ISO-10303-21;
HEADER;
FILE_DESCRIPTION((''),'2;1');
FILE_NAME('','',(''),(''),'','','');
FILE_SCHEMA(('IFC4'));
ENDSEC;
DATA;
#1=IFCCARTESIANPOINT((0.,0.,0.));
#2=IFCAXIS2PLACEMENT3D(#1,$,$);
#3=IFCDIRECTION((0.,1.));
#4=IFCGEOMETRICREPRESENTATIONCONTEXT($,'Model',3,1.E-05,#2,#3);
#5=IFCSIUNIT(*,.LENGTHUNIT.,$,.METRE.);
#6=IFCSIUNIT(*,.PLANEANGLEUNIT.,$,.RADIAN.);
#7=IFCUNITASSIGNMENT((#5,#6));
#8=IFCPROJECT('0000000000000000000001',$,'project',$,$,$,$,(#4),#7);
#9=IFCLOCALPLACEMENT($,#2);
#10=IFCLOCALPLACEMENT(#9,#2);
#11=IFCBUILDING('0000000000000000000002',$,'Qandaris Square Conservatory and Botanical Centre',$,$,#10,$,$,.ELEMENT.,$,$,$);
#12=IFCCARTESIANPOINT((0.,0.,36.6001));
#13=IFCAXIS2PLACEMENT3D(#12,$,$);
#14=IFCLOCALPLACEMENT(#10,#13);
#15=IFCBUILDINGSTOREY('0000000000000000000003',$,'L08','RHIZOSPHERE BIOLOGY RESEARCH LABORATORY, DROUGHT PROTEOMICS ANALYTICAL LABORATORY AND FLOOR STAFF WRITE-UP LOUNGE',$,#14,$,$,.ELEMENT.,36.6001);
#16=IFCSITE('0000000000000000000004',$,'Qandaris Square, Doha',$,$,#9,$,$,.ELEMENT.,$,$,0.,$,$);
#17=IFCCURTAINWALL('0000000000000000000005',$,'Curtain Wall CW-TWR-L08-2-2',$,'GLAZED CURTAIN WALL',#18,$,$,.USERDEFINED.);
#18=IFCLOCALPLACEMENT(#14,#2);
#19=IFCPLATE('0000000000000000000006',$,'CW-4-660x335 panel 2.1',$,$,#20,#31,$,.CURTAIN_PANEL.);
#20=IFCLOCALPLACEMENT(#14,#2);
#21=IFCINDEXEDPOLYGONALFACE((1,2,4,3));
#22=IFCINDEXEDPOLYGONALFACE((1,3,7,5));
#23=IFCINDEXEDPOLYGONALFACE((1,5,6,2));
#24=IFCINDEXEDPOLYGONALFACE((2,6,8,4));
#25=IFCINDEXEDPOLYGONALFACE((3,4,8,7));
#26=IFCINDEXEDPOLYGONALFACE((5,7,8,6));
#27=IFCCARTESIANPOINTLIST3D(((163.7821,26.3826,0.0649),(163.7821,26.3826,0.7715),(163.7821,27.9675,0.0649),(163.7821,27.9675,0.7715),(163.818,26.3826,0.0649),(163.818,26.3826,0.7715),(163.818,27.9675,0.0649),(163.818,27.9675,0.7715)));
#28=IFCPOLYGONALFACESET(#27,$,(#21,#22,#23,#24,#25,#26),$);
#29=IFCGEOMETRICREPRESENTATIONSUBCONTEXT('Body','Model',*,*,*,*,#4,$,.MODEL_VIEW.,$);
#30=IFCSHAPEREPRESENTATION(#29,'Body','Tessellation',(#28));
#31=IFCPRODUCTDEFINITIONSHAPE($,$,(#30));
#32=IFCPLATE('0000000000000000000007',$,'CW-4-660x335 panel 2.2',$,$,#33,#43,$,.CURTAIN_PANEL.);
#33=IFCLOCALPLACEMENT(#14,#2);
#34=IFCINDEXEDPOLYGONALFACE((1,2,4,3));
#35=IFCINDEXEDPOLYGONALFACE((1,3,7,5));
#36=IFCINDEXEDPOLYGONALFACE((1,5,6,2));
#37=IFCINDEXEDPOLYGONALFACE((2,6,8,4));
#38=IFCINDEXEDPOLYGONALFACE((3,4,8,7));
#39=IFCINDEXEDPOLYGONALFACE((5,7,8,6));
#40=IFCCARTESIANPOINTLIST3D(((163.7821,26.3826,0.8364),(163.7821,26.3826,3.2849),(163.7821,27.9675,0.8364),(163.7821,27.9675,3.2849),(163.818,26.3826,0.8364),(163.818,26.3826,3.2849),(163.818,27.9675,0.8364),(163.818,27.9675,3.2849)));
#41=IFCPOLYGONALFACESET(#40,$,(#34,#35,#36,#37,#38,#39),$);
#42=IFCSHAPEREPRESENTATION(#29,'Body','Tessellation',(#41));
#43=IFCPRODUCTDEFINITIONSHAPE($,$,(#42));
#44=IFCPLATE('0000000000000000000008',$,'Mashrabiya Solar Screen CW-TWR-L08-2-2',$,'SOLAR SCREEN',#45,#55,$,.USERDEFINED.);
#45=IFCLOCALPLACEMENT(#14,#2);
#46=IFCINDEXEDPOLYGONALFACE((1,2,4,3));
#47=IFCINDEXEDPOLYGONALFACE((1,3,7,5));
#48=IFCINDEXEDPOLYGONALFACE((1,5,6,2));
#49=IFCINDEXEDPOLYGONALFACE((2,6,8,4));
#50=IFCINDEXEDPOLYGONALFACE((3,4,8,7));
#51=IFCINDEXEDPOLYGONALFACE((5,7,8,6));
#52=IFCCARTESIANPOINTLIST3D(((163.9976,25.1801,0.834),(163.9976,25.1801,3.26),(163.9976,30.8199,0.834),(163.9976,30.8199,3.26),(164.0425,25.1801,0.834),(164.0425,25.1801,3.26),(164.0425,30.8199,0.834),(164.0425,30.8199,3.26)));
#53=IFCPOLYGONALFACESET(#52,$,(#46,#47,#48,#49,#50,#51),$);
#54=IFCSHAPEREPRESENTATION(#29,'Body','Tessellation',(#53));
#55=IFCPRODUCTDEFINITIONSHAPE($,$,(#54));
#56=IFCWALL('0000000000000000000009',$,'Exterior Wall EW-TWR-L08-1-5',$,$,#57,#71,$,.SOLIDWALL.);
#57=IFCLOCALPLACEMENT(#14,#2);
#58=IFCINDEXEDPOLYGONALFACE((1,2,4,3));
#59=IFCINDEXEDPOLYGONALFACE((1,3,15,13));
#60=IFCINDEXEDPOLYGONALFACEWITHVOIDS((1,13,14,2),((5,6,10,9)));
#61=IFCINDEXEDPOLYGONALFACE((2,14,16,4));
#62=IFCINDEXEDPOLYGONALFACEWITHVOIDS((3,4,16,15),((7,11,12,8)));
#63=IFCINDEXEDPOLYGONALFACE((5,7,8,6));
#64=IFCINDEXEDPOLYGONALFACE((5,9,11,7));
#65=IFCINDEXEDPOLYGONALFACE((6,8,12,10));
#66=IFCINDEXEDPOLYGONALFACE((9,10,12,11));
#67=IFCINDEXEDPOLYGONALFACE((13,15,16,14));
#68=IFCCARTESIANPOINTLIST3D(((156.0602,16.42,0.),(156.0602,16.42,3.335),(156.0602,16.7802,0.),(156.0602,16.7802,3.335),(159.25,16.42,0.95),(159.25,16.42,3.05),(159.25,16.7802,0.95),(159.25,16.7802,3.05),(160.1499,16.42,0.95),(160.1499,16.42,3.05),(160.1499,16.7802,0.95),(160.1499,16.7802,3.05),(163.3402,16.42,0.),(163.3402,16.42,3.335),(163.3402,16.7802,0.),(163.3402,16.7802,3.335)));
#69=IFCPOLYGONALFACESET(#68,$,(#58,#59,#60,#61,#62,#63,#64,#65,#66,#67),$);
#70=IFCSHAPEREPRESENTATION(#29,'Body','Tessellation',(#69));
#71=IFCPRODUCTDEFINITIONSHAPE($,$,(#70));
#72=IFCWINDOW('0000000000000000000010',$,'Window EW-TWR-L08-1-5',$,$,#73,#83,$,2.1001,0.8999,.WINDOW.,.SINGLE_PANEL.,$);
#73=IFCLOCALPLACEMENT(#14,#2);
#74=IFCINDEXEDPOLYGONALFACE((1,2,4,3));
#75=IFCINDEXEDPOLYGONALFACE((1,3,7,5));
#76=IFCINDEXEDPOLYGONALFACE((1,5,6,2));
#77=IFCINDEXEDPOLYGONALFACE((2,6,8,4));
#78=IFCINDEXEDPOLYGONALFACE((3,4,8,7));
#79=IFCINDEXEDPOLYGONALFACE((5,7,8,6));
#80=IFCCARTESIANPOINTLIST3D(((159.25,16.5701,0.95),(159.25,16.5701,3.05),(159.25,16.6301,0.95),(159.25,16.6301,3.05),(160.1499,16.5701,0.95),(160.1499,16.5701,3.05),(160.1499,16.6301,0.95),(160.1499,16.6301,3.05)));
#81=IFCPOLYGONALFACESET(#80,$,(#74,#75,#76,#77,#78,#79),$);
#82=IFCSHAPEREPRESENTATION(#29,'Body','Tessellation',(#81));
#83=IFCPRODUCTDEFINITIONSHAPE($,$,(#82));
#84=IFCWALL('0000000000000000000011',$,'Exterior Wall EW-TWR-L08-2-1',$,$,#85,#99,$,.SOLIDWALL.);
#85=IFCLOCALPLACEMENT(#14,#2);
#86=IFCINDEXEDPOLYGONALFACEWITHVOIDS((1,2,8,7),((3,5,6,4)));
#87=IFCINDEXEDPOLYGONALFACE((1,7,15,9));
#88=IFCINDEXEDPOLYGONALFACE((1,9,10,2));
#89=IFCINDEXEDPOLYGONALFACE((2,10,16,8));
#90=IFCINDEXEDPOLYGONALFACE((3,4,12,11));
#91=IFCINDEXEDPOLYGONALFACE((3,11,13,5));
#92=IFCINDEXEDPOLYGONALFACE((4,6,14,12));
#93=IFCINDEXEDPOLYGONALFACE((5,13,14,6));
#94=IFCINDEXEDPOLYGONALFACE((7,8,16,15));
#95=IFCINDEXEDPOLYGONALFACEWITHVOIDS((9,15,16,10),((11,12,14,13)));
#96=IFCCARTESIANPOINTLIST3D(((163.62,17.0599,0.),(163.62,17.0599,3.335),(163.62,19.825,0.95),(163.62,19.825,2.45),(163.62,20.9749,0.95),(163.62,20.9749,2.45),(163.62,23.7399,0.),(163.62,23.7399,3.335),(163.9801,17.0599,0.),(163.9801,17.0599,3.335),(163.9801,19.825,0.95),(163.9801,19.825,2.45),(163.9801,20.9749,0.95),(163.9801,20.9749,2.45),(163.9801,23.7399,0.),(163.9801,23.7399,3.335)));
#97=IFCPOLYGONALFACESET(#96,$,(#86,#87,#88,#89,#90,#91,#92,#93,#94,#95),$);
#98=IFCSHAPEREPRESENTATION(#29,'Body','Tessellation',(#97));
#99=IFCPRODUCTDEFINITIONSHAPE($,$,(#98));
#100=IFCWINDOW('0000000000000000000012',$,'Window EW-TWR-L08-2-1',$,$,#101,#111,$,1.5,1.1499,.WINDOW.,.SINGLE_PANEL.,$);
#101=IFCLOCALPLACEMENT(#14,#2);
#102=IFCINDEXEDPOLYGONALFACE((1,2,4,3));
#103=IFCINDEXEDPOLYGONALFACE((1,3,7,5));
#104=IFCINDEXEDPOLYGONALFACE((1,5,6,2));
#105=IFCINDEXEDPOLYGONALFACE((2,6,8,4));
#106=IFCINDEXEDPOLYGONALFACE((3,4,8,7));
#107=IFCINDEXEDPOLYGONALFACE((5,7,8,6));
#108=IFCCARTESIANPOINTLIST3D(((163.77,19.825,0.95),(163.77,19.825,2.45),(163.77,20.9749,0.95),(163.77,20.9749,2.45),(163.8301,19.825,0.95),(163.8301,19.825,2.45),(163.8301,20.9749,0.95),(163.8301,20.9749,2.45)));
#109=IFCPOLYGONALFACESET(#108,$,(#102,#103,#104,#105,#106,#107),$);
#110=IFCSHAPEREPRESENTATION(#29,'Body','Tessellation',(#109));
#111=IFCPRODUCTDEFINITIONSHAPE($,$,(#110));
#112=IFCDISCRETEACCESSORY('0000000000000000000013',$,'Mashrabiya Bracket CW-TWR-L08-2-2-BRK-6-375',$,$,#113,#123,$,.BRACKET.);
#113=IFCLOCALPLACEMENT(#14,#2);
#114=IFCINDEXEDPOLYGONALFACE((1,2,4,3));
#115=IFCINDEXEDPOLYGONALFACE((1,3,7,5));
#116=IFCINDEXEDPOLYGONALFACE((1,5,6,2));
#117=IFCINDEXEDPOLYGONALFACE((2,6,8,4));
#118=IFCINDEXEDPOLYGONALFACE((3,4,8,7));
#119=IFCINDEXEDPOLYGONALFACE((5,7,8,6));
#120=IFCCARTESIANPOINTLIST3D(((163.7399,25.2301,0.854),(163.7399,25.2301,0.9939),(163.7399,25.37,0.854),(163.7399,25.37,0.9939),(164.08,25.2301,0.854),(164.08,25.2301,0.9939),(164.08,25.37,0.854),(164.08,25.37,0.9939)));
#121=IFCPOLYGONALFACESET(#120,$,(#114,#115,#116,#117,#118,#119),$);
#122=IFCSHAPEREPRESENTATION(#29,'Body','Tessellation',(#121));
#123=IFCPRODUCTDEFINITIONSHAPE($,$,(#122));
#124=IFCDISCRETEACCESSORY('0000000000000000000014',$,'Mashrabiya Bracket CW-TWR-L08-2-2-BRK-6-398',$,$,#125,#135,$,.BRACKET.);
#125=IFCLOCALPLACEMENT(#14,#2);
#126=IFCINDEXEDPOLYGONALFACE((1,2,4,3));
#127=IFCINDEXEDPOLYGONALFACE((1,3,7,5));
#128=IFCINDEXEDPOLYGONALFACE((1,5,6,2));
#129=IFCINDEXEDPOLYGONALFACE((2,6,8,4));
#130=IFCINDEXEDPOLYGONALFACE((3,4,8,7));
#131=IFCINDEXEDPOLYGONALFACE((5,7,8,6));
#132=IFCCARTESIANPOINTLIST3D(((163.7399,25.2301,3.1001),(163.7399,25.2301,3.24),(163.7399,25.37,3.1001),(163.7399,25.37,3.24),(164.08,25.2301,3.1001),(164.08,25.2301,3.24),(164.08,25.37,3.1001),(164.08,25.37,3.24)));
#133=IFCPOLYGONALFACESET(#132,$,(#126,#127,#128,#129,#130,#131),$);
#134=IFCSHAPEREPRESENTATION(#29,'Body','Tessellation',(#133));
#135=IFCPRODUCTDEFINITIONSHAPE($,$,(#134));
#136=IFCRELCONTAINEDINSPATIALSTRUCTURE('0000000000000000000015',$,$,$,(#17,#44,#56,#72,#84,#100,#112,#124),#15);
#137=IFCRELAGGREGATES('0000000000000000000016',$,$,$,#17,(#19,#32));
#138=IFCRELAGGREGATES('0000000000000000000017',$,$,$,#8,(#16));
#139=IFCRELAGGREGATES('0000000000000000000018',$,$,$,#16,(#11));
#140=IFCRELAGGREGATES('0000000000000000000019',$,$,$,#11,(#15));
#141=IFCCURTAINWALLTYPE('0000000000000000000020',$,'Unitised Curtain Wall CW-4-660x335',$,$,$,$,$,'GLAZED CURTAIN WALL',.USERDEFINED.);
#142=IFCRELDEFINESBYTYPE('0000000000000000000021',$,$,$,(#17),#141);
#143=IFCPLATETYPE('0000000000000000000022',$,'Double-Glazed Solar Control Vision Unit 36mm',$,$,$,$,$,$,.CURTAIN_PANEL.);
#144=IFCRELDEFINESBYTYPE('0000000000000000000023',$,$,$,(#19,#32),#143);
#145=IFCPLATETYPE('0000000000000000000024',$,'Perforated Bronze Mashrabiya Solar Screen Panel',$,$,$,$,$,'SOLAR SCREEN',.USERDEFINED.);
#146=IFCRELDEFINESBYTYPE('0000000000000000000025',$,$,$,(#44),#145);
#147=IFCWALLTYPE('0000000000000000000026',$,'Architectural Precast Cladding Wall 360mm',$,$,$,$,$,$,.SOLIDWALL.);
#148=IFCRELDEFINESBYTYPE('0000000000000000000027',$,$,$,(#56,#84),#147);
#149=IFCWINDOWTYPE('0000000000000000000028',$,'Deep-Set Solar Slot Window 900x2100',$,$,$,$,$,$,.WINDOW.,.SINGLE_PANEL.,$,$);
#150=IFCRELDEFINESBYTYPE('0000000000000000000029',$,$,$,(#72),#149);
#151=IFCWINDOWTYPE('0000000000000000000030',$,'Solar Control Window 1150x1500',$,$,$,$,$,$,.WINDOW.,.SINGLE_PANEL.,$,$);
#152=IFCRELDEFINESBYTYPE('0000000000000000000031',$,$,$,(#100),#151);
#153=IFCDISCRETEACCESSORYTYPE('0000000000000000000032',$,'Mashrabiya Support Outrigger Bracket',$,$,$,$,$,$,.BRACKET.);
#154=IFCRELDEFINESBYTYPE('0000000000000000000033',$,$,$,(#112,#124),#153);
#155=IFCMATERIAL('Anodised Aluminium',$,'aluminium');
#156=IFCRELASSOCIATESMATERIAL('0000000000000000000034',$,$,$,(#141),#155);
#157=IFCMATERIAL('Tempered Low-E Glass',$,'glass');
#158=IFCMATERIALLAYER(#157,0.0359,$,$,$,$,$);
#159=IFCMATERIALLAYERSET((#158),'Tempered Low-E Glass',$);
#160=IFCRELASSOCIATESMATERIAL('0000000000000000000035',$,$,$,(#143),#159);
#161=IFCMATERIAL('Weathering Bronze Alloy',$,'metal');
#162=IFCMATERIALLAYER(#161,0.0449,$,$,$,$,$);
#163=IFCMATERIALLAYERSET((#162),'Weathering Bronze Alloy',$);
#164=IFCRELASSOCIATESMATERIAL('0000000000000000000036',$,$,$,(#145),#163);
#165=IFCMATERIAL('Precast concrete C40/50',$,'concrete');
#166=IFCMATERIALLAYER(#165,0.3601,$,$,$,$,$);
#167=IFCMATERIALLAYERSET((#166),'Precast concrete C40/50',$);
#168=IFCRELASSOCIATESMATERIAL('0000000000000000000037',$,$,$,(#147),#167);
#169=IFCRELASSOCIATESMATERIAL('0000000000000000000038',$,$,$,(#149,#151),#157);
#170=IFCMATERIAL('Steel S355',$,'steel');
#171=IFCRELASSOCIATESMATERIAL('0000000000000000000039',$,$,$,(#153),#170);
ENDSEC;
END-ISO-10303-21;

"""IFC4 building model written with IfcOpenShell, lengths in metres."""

from ifc_helpers import new_model, si_unit, direction, frame, frame_2d, origin, origin_2d, place, context, subcontext, project, spatial, rectangle, extrude, material, layer, layer_set, type_object, element, fill, aggregate, save


model = new_model("IFC4")

# Units and contexts
model_context = context("Model", 3, precision=1e-05, world=origin(), true_north=direction((0.0, 1.0)))
body_context = subcontext(model_context, "Body", "Model", "MODEL_VIEW")
ifc_project = project(units=[si_unit("LENGTHUNIT", "METRE"), si_unit("PLANEANGLEUNIT", "RADIAN")], contexts=[model_context])

# Site, building, storey
site_placement = place(None, origin())
site = spatial("IfcSite", under=ifc_project, at=site_placement, Name="Qandaris Square, Doha", CompositionType="ELEMENT", RefElevation=0.0)
building_placement = place(site_placement, origin())
building = spatial("IfcBuilding", under=site, at=building_placement, Name="Qandaris Square Conservatory and Botanical Centre", CompositionType="ELEMENT")
storey_placement = place(building_placement, frame((0.0, 0.0, 36.6001)))
storey = spatial("IfcBuildingStorey", under=building, at=storey_placement, Name="L08", Description="RHIZOSPHERE BIOLOGY RESEARCH LABORATORY, DROUGHT PROTEOMICS ANALYTICAL LABORATORY AND FLOOR STAFF WRITE-UP LOUNGE", CompositionType="ELEMENT", Elevation=36.6001)

# Shared definitions
ifc_material_1 = material(Name="Steel S355", Category="steel")

# Curtain wall
ifc_material_2 = material(Name="Anodised Aluminium", Category="aluminium")
curtain_wall_type = type_object("IfcCurtainWallType", Name="Unitised Curtain Wall CW-4-660x335", ElementType="GLAZED CURTAIN WALL", PredefinedType="USERDEFINED", material=ifc_material_2)
curtain_wall_placement = place(storey_placement, origin())
curtain_wall = element("IfcCurtainWall", 1, at=curtain_wall_placement, inside=storey, type_object=curtain_wall_type, Name="Curtain Wall CW-TWR-L08-2-2", ObjectType="GLAZED CURTAIN WALL", PredefinedType="USERDEFINED")

# Plates
ifc_material_3 = material(Name="Tempered Low-E Glass", Category="glass")
ifc_layer_1 = layer(ifc_material_3, 0.0359)
ifc_layer_set_1 = layer_set([ifc_layer_1], Name="Tempered Low-E Glass")
plate_type_1 = type_object("IfcPlateType", Name="Double-Glazed Solar Control Vision Unit 36mm", PredefinedType="CURTAIN_PANEL", material=ifc_layer_set_1)
plate_1_placement = place(storey_placement, frame((163.8, 27.175, 0.0649), z_axis=(0.0, 0.0, 1.0), x_axis=(0.0, 1.0, 0.0)))
plate_1 = element("IfcPlate", 2, at=plate_1_placement, type_object=plate_type_1, Name="CW-4-660x335 panel 2.1", PredefinedType="CURTAIN_PANEL", context=body_context, shape_type="SweptSolid", body=[
    extrude(rectangle(XDim=1.585, YDim=0.0359, at=origin_2d()), origin(), (0.0, 0.0, 1.0), 0.7065),
])
plate_2_placement = place(storey_placement, frame((163.8, 27.175, 0.8364), z_axis=(0.0, 0.0, 1.0), x_axis=(0.0, 1.0, 0.0)))
plate_2 = element("IfcPlate", 3, at=plate_2_placement, type_object=plate_type_1, Name="CW-4-660x335 panel 2.2", PredefinedType="CURTAIN_PANEL", context=body_context, shape_type="SweptSolid", body=[
    extrude(rectangle(XDim=1.585, YDim=0.0359, at=origin_2d()), origin(), (0.0, 0.0, 1.0), 2.4485),
])
aggregate(curtain_wall, [plate_1, plate_2])
ifc_material_4 = material(Name="Weathering Bronze Alloy", Category="metal")
ifc_layer_2 = layer(ifc_material_4, 0.0449)
ifc_layer_set_2 = layer_set([ifc_layer_2], Name="Weathering Bronze Alloy")
plate_type_2 = type_object("IfcPlateType", Name="Perforated Bronze Mashrabiya Solar Screen Panel", ElementType="SOLAR SCREEN", PredefinedType="USERDEFINED", material=ifc_layer_set_2)
plate_3_placement = place(storey_placement, frame((164.02, 28.0, 0.834), z_axis=(0.0, 0.0, 1.0), x_axis=(0.0, 1.0, 0.0)))
element("IfcPlate", 4, at=plate_3_placement, inside=storey, type_object=plate_type_2, Name="Mashrabiya Solar Screen CW-TWR-L08-2-2", ObjectType="SOLAR SCREEN", PredefinedType="USERDEFINED", context=body_context, shape_type="SweptSolid", body=[
    extrude(rectangle(XDim=5.6399, YDim=0.0449, at=origin_2d()), origin(), (0.0, 0.0, 1.0), 2.426),
])

# Walls, openings, windows
ifc_material_5 = material(Name="Precast concrete C40/50", Category="concrete")
ifc_layer_3 = layer(ifc_material_5, 0.3601)
ifc_layer_set_3 = layer_set([ifc_layer_3], Name="Precast concrete C40/50")
wall_type = type_object("IfcWallType", Name="Architectural Precast Cladding Wall 360mm", PredefinedType="SOLIDWALL", material=ifc_layer_set_3)
wall_1_placement = place(storey_placement, frame((156.0601, 16.6001, 0.0), z_axis=(0.0, 0.0, 1.0), x_axis=(1.0, 0.0, 0.0)))
wall_1 = element("IfcWall", 5, at=wall_1_placement, inside=storey, type_object=wall_type, Name="Exterior Wall EW-TWR-L08-1-5", PredefinedType="SOLIDWALL", context=body_context, shape_type="SweptSolid", body=[
    extrude(rectangle(XDim=7.28, YDim=0.3601, at=frame_2d((3.6401, 0.0))), origin(), (0.0, 0.0, 1.0), 3.335),
])
opening_1_placement = place(wall_1_placement, frame((3.1899, 0.0, 0.95)))
opening_1 = element("IfcOpeningElement", 6, at=opening_1_placement, cuts=wall_1, PredefinedType="OPENING", context=body_context, shape_type="SweptSolid", body=[
    extrude(rectangle(XDim=0.8999, YDim=2.1001, at=frame_2d((0.45, 1.05))), frame((0.0, 0.1919, 0.0), z_axis=(0.0, -1.0, 0.0), x_axis=(1.0, 0.0, 0.0)), (0.0, 0.0, 1.0), 0.384),
])
window_type_1 = type_object("IfcWindowType", Name="Deep-Set Solar Slot Window 900x2100", PartitioningType="SINGLE_PANEL", PredefinedType="WINDOW", material=ifc_material_3)
window_1_placement = place(opening_1_placement, origin())
window_1 = element("IfcWindow", 7, at=window_1_placement, inside=storey, type_object=window_type_1, Name="Window EW-TWR-L08-1-5", OverallHeight=2.1001, OverallWidth=0.8999, PartitioningType="SINGLE_PANEL", PredefinedType="WINDOW", context=body_context, shape_type="SweptSolid", body=[
    extrude(rectangle(XDim=0.8999, YDim=2.1001, at=frame_2d((0.45, 1.05))), frame((0.0, 0.03, 0.0), z_axis=(0.0, -1.0, 0.0), x_axis=(1.0, 0.0, 0.0)), (0.0, 0.0, 1.0), 0.0601),
])
fill(opening_1, window_1)
wall_2_placement = place(storey_placement, frame((163.8, 17.0601, 0.0), z_axis=(0.0, 0.0, 1.0), x_axis=(0.0, 1.0, 0.0)))
wall_2 = element("IfcWall", 8, at=wall_2_placement, inside=storey, type_object=wall_type, Name="Exterior Wall EW-TWR-L08-2-1", PredefinedType="SOLIDWALL", context=body_context, shape_type="SweptSolid", body=[
    extrude(rectangle(XDim=6.6799, YDim=0.3601, at=frame_2d((3.3398, 0.0))), origin(), (0.0, 0.0, 1.0), 3.335),
])
opening_2_placement = place(wall_2_placement, frame((2.7649, 0.0, 0.95)))
opening_2 = element("IfcOpeningElement", 9, at=opening_2_placement, cuts=wall_2, PredefinedType="OPENING", context=body_context, shape_type="SweptSolid", body=[
    extrude(rectangle(XDim=1.1499, YDim=1.5, at=frame_2d((0.575, 0.75))), frame((0.0, 0.1919, 0.0), z_axis=(0.0, -1.0, 0.0), x_axis=(1.0, 0.0, 0.0)), (0.0, 0.0, 1.0), 0.384),
])
window_type_2 = type_object("IfcWindowType", Name="Solar Control Window 1150x1500", PartitioningType="SINGLE_PANEL", PredefinedType="WINDOW", material=ifc_material_3)
window_2_placement = place(opening_2_placement, origin())
window_2 = element("IfcWindow", 10, at=window_2_placement, inside=storey, type_object=window_type_2, Name="Window EW-TWR-L08-2-1", OverallHeight=1.5, OverallWidth=1.1499, PartitioningType="SINGLE_PANEL", PredefinedType="WINDOW", context=body_context, shape_type="SweptSolid", body=[
    extrude(rectangle(XDim=1.1499, YDim=1.5, at=frame_2d((0.575, 0.75))), frame((0.0, 0.03, 0.0), z_axis=(0.0, -1.0, 0.0), x_axis=(1.0, 0.0, 0.0)), (0.0, 0.0, 1.0), 0.0601),
])
fill(opening_2, window_2)

# Discrete accessories
discrete_accessory_type = type_object("IfcDiscreteAccessoryType", Name="Mashrabiya Support Outrigger Bracket", PredefinedType="BRACKET", material=ifc_material_1)
for number, where, z_axis, x_axis, name in (
    (11, (163.9099, 25.3, 0.854), (0.0, 0.0, 1.0), (0.0, 1.0, 0.0), "Mashrabiya Bracket CW-TWR-L08-2-2-BRK-6-375"),
    (12, (163.9099, 25.3, 3.1001), (0.0, 0.0, 1.0), (0.0, 1.0, 0.0), "Mashrabiya Bracket CW-TWR-L08-2-2-BRK-6-398"),
):
    element("IfcDiscreteAccessory", number, at=place(storey_placement, frame(where, z_axis=z_axis, x_axis=x_axis)), inside=storey, type_object=discrete_accessory_type, Name=name, PredefinedType="BRACKET", context=body_context, shape_type="SweptSolid", body=[
        extrude(rectangle(XDim=0.1399, YDim=0.3401, at=origin_2d()), origin(), (0.0, 0.0, 1.0), 0.1399),
    ])

save(model, "model.ifc")
